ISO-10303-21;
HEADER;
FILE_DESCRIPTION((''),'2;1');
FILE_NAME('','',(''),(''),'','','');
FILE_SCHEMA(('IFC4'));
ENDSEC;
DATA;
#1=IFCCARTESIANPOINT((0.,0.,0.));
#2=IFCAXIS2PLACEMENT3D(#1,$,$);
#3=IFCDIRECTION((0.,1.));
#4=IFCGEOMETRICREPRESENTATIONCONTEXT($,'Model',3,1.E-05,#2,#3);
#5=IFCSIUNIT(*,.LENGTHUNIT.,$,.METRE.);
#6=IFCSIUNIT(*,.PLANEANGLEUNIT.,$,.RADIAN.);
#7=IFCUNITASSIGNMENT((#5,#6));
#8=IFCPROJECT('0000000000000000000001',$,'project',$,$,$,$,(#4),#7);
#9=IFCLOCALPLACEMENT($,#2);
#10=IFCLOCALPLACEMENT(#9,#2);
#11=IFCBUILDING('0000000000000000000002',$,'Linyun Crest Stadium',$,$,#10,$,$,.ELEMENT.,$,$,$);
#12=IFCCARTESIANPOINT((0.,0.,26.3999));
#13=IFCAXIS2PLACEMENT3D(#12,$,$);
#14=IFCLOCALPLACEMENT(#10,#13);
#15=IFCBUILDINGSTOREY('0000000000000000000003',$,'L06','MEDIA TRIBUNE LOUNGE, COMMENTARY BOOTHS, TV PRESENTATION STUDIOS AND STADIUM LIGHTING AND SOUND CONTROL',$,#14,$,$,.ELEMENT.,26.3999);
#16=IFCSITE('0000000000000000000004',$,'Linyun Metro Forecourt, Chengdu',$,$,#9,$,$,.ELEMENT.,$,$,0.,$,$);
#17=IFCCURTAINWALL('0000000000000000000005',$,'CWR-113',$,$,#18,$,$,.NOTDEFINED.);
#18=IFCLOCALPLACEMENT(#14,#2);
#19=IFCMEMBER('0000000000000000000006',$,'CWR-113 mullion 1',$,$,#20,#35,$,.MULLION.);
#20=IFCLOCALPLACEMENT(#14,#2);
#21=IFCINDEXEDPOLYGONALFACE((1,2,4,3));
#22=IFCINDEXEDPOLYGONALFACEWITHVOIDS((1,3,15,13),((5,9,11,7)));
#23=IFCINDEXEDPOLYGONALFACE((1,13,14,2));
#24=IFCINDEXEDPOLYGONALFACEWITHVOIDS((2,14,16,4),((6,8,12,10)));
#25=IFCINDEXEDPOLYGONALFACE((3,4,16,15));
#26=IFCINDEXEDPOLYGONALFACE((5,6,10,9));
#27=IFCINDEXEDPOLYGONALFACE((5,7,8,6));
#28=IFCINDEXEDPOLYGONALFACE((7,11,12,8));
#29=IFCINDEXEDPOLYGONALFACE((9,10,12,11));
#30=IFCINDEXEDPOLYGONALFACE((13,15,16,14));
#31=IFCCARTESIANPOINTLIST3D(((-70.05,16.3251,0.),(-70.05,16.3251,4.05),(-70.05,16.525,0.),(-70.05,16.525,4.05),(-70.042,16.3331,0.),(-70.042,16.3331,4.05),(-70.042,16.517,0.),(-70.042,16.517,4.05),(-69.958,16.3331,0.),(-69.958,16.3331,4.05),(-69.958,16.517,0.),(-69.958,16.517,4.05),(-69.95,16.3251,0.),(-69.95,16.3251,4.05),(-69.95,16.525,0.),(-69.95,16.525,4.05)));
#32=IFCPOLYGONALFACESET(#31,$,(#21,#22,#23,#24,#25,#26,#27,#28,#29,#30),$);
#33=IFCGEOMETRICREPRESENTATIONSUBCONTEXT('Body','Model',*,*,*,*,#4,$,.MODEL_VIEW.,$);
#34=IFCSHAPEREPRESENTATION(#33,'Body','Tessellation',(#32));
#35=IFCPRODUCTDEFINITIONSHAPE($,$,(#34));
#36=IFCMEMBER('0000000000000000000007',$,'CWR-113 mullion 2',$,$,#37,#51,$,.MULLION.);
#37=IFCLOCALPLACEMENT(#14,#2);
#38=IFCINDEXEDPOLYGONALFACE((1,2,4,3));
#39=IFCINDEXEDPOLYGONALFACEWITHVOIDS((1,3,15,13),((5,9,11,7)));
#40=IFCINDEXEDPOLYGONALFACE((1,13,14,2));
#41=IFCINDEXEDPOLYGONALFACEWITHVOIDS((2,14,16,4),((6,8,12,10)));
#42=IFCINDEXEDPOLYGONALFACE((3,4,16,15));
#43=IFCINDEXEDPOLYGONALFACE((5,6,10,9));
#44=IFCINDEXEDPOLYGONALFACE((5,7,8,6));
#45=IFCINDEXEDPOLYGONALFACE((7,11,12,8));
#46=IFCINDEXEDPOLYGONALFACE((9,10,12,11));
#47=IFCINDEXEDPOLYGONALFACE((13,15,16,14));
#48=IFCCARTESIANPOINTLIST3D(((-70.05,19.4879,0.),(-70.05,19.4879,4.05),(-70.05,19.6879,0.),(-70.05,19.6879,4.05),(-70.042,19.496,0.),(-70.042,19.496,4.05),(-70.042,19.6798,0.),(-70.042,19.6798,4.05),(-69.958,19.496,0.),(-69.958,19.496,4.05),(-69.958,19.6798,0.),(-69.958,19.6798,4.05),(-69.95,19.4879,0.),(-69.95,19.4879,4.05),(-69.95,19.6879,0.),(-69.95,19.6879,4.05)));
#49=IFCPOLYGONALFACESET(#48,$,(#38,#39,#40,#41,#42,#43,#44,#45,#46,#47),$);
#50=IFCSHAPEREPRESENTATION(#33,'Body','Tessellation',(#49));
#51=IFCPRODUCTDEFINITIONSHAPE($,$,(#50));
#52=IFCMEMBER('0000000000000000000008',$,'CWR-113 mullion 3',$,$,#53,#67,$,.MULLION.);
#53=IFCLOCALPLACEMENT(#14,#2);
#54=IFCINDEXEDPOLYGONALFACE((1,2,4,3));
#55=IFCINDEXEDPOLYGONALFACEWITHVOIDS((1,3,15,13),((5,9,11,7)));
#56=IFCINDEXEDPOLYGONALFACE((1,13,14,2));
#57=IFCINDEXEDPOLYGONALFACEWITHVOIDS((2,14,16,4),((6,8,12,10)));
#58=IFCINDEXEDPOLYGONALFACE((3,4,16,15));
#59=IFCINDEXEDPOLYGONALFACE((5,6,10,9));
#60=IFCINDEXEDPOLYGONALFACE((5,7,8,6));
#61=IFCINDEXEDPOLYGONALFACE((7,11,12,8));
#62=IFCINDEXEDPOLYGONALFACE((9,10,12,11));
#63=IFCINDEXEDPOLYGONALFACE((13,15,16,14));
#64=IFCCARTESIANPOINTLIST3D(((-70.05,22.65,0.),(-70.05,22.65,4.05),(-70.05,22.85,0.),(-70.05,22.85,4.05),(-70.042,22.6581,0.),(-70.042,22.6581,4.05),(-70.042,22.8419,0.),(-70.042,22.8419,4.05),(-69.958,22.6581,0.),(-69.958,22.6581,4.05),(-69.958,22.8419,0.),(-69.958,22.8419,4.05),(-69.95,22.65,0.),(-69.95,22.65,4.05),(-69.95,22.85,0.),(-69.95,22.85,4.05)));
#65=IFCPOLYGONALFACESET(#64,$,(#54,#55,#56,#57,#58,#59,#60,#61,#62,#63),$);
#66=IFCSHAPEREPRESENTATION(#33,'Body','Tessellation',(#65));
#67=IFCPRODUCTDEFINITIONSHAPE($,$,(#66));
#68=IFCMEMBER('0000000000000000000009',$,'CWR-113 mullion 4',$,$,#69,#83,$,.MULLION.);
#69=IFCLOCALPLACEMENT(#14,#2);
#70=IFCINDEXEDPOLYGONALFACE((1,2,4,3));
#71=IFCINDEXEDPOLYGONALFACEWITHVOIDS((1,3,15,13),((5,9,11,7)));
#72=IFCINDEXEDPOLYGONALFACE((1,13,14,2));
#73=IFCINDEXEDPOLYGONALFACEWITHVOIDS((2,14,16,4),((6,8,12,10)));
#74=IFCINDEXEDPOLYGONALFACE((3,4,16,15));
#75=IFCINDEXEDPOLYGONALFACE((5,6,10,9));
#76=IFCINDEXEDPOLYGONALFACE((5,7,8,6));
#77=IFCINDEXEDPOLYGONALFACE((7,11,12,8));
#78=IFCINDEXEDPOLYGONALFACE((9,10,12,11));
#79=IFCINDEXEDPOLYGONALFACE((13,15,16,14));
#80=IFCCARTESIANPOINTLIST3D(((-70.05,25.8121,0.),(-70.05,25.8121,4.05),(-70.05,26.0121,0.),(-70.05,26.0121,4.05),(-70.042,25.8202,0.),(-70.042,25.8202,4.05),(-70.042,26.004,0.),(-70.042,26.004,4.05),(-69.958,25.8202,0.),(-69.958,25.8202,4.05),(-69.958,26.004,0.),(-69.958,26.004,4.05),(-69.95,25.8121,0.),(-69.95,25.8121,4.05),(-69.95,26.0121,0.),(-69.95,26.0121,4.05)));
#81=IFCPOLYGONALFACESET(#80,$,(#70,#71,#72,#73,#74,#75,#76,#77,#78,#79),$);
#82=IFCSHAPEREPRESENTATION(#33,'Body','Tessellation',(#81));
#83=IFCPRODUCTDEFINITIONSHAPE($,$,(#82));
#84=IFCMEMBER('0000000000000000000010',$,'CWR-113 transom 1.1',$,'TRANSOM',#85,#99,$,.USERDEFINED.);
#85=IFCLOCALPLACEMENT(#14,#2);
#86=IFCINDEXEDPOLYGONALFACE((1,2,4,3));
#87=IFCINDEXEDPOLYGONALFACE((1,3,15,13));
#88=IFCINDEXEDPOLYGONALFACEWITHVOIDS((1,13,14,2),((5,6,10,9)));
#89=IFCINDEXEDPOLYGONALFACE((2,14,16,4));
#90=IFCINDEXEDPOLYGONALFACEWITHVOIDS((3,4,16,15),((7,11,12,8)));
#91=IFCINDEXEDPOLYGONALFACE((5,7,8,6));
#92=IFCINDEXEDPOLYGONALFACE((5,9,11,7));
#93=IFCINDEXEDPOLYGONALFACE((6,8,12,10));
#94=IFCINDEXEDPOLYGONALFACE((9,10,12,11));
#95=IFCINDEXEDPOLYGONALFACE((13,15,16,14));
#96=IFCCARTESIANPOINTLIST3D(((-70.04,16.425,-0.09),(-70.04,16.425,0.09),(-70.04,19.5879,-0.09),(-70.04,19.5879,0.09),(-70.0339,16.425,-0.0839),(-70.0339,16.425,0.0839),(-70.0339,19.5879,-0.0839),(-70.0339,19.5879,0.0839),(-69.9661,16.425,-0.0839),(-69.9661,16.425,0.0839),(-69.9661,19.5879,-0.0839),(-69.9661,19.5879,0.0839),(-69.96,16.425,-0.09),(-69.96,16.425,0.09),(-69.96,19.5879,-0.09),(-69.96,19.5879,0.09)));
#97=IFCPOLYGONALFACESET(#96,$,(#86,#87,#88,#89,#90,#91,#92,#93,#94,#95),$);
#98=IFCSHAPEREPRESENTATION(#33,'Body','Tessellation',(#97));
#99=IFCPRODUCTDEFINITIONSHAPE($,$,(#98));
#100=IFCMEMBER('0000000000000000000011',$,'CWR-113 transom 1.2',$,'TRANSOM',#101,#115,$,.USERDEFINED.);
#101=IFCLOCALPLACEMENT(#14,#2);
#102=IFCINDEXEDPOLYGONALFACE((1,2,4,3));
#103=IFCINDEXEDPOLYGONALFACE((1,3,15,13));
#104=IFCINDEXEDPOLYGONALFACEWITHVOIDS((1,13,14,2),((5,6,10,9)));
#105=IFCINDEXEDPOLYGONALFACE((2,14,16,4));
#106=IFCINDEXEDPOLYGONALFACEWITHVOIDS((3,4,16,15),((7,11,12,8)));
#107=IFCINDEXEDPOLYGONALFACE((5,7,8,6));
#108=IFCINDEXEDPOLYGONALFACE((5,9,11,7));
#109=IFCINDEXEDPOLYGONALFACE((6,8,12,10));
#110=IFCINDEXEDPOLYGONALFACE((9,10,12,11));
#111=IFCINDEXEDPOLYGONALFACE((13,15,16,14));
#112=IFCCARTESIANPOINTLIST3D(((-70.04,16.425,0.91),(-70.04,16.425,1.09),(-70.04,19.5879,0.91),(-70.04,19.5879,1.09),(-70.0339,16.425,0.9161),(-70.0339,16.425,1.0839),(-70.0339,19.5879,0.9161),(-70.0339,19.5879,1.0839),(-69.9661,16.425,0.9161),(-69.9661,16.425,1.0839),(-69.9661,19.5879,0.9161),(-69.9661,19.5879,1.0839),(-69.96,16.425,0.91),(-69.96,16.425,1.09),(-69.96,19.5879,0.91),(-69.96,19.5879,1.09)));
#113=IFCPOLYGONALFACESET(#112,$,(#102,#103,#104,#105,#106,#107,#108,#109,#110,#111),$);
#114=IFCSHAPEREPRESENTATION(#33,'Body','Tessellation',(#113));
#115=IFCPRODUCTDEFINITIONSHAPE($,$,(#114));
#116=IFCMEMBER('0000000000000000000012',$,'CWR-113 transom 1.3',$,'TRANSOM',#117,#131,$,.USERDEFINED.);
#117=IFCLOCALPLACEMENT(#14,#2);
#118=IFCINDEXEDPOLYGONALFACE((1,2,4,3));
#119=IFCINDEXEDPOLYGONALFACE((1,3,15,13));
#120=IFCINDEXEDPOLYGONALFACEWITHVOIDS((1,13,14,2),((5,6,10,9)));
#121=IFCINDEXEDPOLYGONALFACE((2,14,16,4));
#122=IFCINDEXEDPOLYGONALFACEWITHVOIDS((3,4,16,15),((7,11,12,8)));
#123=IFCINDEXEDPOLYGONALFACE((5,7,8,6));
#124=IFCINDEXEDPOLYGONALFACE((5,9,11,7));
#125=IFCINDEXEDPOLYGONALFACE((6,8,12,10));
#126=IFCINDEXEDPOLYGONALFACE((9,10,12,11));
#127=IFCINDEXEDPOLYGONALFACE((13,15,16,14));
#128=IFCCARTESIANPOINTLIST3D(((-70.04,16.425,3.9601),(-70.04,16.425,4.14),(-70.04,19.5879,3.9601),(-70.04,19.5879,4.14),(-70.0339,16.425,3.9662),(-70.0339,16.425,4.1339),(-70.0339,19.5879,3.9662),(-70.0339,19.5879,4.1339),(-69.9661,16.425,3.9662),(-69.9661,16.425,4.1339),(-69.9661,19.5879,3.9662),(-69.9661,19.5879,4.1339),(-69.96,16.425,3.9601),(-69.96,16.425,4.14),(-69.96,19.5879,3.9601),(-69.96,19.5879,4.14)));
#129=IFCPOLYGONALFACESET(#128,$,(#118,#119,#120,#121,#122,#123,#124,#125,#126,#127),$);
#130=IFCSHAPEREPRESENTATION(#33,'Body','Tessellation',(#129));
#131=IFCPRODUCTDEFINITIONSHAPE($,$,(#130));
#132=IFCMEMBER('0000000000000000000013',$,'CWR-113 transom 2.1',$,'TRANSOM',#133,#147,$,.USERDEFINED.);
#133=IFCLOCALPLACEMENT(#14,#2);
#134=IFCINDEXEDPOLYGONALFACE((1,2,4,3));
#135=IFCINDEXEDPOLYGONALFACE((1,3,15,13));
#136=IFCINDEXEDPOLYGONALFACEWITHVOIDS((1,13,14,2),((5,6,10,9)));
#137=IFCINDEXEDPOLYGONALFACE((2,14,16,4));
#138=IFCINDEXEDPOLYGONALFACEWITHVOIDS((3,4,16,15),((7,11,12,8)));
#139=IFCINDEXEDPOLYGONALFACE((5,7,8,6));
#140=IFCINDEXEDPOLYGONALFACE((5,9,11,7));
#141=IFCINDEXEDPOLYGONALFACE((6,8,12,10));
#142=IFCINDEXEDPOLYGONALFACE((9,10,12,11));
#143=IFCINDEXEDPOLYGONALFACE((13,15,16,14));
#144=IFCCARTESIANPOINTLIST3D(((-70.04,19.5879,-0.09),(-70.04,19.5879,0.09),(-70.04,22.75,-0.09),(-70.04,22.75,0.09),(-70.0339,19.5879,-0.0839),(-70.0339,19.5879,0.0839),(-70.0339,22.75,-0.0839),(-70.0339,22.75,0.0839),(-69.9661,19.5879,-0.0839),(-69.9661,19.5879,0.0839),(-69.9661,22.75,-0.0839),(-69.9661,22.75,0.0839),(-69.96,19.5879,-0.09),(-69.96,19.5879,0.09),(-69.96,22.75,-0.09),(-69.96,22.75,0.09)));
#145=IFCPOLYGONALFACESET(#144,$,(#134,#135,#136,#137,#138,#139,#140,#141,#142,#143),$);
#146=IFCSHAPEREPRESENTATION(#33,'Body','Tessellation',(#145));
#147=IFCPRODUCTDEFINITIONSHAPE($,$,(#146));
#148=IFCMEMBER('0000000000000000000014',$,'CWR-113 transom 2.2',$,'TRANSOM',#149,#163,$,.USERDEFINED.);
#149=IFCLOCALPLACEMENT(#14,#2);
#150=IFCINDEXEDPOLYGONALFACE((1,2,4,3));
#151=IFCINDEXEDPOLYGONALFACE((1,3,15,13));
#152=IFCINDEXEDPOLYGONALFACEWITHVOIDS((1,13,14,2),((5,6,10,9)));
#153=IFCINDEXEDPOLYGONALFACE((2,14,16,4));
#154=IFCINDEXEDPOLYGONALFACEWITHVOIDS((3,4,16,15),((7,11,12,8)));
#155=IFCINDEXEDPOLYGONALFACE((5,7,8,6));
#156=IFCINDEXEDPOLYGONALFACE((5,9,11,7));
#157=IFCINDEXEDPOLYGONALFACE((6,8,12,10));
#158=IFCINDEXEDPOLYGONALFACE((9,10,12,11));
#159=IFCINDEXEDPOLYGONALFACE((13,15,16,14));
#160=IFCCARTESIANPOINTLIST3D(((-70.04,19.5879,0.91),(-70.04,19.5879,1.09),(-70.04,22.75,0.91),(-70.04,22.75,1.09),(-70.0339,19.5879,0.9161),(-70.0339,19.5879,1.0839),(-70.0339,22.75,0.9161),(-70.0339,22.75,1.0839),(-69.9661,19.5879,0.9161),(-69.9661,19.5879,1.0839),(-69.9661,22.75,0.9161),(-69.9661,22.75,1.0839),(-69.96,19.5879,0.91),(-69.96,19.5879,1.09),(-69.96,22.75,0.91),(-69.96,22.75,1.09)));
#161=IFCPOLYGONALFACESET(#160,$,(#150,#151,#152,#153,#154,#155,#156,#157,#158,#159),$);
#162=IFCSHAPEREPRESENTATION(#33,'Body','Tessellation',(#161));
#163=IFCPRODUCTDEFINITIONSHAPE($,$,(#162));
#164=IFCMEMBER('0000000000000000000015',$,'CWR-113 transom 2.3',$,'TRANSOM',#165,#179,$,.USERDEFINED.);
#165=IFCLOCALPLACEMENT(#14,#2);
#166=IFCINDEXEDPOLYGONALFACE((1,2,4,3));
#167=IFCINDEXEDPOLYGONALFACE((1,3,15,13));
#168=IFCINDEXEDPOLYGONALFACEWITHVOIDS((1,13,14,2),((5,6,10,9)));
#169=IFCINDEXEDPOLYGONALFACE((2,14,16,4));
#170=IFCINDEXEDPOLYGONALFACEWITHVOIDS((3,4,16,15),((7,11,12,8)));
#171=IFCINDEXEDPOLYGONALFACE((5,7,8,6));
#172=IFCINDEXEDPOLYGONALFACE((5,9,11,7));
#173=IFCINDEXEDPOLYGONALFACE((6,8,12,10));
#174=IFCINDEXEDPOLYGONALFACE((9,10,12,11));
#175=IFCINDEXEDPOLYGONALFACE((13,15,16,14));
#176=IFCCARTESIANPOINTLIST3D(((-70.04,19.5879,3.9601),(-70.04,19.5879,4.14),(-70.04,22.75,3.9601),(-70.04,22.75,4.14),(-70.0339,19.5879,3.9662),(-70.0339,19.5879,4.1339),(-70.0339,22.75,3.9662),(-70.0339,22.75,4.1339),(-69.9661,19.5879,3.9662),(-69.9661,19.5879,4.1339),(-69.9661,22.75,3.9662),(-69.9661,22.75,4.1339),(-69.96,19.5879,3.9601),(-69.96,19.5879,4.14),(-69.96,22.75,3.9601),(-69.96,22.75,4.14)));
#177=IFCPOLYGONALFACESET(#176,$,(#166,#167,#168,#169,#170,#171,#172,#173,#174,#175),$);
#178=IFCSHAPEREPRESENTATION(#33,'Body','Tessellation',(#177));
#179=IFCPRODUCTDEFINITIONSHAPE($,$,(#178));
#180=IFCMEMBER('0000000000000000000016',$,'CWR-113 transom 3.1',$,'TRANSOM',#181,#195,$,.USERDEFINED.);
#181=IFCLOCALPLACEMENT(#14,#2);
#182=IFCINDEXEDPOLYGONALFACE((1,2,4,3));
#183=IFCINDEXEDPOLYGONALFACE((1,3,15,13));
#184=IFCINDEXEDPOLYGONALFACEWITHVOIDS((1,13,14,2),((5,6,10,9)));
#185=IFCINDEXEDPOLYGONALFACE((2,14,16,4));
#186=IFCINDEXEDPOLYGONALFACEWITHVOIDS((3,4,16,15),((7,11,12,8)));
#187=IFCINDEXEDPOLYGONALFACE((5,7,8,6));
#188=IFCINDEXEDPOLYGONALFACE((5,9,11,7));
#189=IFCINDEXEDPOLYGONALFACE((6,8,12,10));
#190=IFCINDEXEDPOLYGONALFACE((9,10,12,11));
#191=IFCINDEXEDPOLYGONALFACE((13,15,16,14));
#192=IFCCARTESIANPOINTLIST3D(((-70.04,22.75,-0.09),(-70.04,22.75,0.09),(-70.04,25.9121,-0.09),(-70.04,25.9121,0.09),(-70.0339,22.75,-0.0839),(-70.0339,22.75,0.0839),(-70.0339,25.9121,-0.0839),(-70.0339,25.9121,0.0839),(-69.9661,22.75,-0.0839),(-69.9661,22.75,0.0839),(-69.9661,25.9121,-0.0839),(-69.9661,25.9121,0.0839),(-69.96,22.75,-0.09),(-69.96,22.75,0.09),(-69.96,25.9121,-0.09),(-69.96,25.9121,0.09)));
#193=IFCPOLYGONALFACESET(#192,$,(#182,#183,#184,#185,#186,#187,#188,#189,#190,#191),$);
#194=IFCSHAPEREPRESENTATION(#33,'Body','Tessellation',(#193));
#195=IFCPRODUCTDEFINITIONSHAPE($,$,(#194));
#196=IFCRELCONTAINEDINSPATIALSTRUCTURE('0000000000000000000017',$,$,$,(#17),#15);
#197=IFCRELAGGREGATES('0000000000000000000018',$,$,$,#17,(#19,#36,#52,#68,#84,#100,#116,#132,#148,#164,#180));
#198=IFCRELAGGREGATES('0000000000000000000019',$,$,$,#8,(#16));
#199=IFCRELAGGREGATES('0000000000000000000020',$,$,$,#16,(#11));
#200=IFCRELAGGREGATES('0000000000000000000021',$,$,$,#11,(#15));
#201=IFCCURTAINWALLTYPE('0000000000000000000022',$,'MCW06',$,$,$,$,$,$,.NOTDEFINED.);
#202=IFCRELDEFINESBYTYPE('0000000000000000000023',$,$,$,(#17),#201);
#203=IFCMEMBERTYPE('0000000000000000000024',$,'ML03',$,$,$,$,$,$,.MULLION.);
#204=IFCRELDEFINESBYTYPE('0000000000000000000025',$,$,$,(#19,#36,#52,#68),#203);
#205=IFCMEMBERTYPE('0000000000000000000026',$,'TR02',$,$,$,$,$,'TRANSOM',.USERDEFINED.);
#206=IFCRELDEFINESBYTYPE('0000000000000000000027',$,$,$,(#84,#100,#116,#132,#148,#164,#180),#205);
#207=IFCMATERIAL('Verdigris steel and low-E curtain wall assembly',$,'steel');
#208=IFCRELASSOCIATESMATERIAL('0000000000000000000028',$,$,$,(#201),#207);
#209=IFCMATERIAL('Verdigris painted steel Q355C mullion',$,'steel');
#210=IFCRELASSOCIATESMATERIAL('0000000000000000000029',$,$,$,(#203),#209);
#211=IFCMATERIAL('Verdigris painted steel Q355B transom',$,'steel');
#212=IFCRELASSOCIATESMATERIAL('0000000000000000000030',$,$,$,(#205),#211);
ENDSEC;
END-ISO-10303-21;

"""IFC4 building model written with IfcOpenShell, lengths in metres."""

from ifc_helpers import new_model, si_unit, direction, frame, origin, origin_2d, place, context, subcontext, project, spatial, hollow_rectangle, extrude, material, material_profile, profile_set, type_object, element, aggregate, save


model = new_model("IFC4")

# Units and contexts
model_context = context("Model", 3, precision=1e-05, world=origin(), true_north=direction((0.0, 1.0)))
body_context = subcontext(model_context, "Body", "Model", "MODEL_VIEW")
ifc_project = project(units=[si_unit("LENGTHUNIT", "METRE"), si_unit("PLANEANGLEUNIT", "RADIAN")], contexts=[model_context])

# Site, building, storey
site_placement = place(None, origin())
site = spatial("IfcSite", under=ifc_project, at=site_placement, Name="Linyun Metro Forecourt, Chengdu", CompositionType="ELEMENT", RefElevation=0.0)
building_placement = place(site_placement, origin())
building = spatial("IfcBuilding", under=site, at=building_placement, Name="Linyun Crest Stadium", CompositionType="ELEMENT")
storey_placement = place(building_placement, frame((0.0, 0.0, 26.3999)))
storey = spatial("IfcBuildingStorey", under=building, at=storey_placement, Name="L06", Description="MEDIA TRIBUNE LOUNGE, COMMENTARY BOOTHS, TV PRESENTATION STUDIOS AND STADIUM LIGHTING AND SOUND CONTROL", CompositionType="ELEMENT", Elevation=26.3999)

# Curtain wall, members
ifc_material_1 = material(Name="Verdigris steel and low-E curtain wall assembly", Category="steel")
curtain_wall_type = type_object("IfcCurtainWallType", Name="MCW06", PredefinedType="NOTDEFINED", material=ifc_material_1)
curtain_wall_placement = place(storey_placement, origin())
curtain_wall = element("IfcCurtainWall", 1, at=curtain_wall_placement, inside=storey, type_object=curtain_wall_type, Name="CWR-113", PredefinedType="NOTDEFINED")
ifc_material_2 = material(Name="Verdigris painted steel Q355C mullion", Category="steel")
ifc_material_profile_1 = material_profile(ifc_material_2, hollow_rectangle(XDim=0.1001, YDim=0.2, WallThickness=0.0081, at=origin_2d()), Name="RHS 200x100x8")
ifc_profile_set_1 = profile_set([ifc_material_profile_1], Name="Verdigris painted steel Q355C mullion")
member_type_1 = type_object("IfcMemberType", Name="ML03", PredefinedType="MULLION", material=ifc_profile_set_1)
member_1_placement = place(storey_placement, frame((-70.0, 16.425, 0.0), z_axis=(0.0, 0.0, 1.0), x_axis=(-1.0, 0.0, 0.0)))
member_1 = element("IfcMember", 2, at=member_1_placement, type_object=member_type_1, Name="CWR-113 mullion 1", PredefinedType="MULLION", context=body_context, shape_type="SweptSolid", body=[
    extrude(hollow_rectangle(XDim=0.1001, YDim=0.2, WallThickness=0.0081, at=origin_2d()), origin(), (0.0, 0.0, 1.0), 4.05),
])
member_2_placement = place(storey_placement, frame((-70.0, 19.5879, 0.0), z_axis=(0.0, 0.0, 1.0), x_axis=(-1.0, 0.0, 0.0)))
member_2 = element("IfcMember", 3, at=member_2_placement, type_object=member_type_1, Name="CWR-113 mullion 2", PredefinedType="MULLION", context=body_context, shape_type="SweptSolid", body=[
    extrude(hollow_rectangle(XDim=0.1001, YDim=0.2, WallThickness=0.0081, at=origin_2d()), origin(), (0.0, 0.0, 1.0), 4.05),
])
member_3_placement = place(storey_placement, frame((-70.0, 22.75, 0.0), z_axis=(0.0, 0.0, 1.0), x_axis=(-1.0, 0.0, 0.0)))
member_3 = element("IfcMember", 4, at=member_3_placement, type_object=member_type_1, Name="CWR-113 mullion 3", PredefinedType="MULLION", context=body_context, shape_type="SweptSolid", body=[
    extrude(hollow_rectangle(XDim=0.1001, YDim=0.2, WallThickness=0.0081, at=origin_2d()), origin(), (0.0, 0.0, 1.0), 4.05),
])
member_4_placement = place(storey_placement, frame((-70.0, 25.9121, 0.0), z_axis=(0.0, 0.0, 1.0), x_axis=(-1.0, 0.0, 0.0)))
member_4 = element("IfcMember", 5, at=member_4_placement, type_object=member_type_1, Name="CWR-113 mullion 4", PredefinedType="MULLION", context=body_context, shape_type="SweptSolid", body=[
    extrude(hollow_rectangle(XDim=0.1001, YDim=0.2, WallThickness=0.0081, at=origin_2d()), origin(), (0.0, 0.0, 1.0), 4.05),
])
ifc_material_3 = material(Name="Verdigris painted steel Q355B transom", Category="steel")
ifc_material_profile_2 = material_profile(ifc_material_3, hollow_rectangle(XDim=0.0801, YDim=0.1799, WallThickness=0.0061, at=origin_2d()), Name="RHS 180x80x6")
ifc_profile_set_2 = profile_set([ifc_material_profile_2], Name="Verdigris painted steel Q355B transom")
member_type_2 = type_object("IfcMemberType", Name="TR02", ElementType="TRANSOM", PredefinedType="USERDEFINED", material=ifc_profile_set_2)
member_5_placement = place(storey_placement, frame((-70.0, 16.425, 0.0), z_axis=(0.0, 1.0, 0.0), x_axis=(-1.0, 0.0, 0.0)))
member_5 = element("IfcMember", 6, at=member_5_placement, type_object=member_type_2, Name="CWR-113 transom 1.1", ObjectType="TRANSOM", PredefinedType="USERDEFINED", context=body_context, shape_type="SweptSolid", body=[
    extrude(hollow_rectangle(XDim=0.0801, YDim=0.1799, WallThickness=0.0061, at=origin_2d()), origin(), (0.0, 0.0, 1.0), 3.1628),
])
member_6_placement = place(storey_placement, frame((-70.0, 16.425, 1.0), z_axis=(0.0, 1.0, 0.0), x_axis=(-1.0, 0.0, 0.0)))
member_6 = element("IfcMember", 7, at=member_6_placement, type_object=member_type_2, Name="CWR-113 transom 1.2", ObjectType="TRANSOM", PredefinedType="USERDEFINED", context=body_context, shape_type="SweptSolid", body=[
    extrude(hollow_rectangle(XDim=0.0801, YDim=0.1799, WallThickness=0.0061, at=origin_2d()), origin(), (0.0, 0.0, 1.0), 3.1628),
])
member_7_placement = place(storey_placement, frame((-70.0, 16.425, 4.05), z_axis=(0.0, 1.0, 0.0), x_axis=(-1.0, 0.0, 0.0)))
member_7 = element("IfcMember", 8, at=member_7_placement, type_object=member_type_2, Name="CWR-113 transom 1.3", ObjectType="TRANSOM", PredefinedType="USERDEFINED", context=body_context, shape_type="SweptSolid", body=[
    extrude(hollow_rectangle(XDim=0.0801, YDim=0.1799, WallThickness=0.0061, at=origin_2d()), origin(), (0.0, 0.0, 1.0), 3.1628),
])
member_8_placement = place(storey_placement, frame((-70.0, 19.5879, 0.0), z_axis=(0.0, 1.0, 0.0), x_axis=(-1.0, 0.0, 0.0)))
member_8 = element("IfcMember", 9, at=member_8_placement, type_object=member_type_2, Name="CWR-113 transom 2.1", ObjectType="TRANSOM", PredefinedType="USERDEFINED", context=body_context, shape_type="SweptSolid", body=[
    extrude(hollow_rectangle(XDim=0.0801, YDim=0.1799, WallThickness=0.0061, at=origin_2d()), origin(), (0.0, 0.0, 1.0), 3.1621),
])
member_9_placement = place(storey_placement, frame((-70.0, 19.5879, 1.0), z_axis=(0.0, 1.0, 0.0), x_axis=(-1.0, 0.0, 0.0)))
member_9 = element("IfcMember", 10, at=member_9_placement, type_object=member_type_2, Name="CWR-113 transom 2.2", ObjectType="TRANSOM", PredefinedType="USERDEFINED", context=body_context, shape_type="SweptSolid", body=[
    extrude(hollow_rectangle(XDim=0.0801, YDim=0.1799, WallThickness=0.0061, at=origin_2d()), origin(), (0.0, 0.0, 1.0), 3.1621),
])
member_10_placement = place(storey_placement, frame((-70.0, 19.5879, 4.05), z_axis=(0.0, 1.0, 0.0), x_axis=(-1.0, 0.0, 0.0)))
member_10 = element("IfcMember", 11, at=member_10_placement, type_object=member_type_2, Name="CWR-113 transom 2.3", ObjectType="TRANSOM", PredefinedType="USERDEFINED", context=body_context, shape_type="SweptSolid", body=[
    extrude(hollow_rectangle(XDim=0.0801, YDim=0.1799, WallThickness=0.0061, at=origin_2d()), origin(), (0.0, 0.0, 1.0), 3.1621),
])
member_11_placement = place(storey_placement, frame((-70.0, 22.75, 0.0), z_axis=(0.0, 1.0, 0.0), x_axis=(-1.0, 0.0, 0.0)))
member_11 = element("IfcMember", 12, at=member_11_placement, type_object=member_type_2, Name="CWR-113 transom 3.1", ObjectType="TRANSOM", PredefinedType="USERDEFINED", context=body_context, shape_type="SweptSolid", body=[
    extrude(hollow_rectangle(XDim=0.0801, YDim=0.1799, WallThickness=0.0061, at=origin_2d()), origin(), (0.0, 0.0, 1.0), 3.1621),
])
aggregate(curtain_wall, [member_1, member_2, member_3, member_4, member_5, member_6, member_7, member_8, member_9, member_10, member_11])

save(model, "model.ifc")
